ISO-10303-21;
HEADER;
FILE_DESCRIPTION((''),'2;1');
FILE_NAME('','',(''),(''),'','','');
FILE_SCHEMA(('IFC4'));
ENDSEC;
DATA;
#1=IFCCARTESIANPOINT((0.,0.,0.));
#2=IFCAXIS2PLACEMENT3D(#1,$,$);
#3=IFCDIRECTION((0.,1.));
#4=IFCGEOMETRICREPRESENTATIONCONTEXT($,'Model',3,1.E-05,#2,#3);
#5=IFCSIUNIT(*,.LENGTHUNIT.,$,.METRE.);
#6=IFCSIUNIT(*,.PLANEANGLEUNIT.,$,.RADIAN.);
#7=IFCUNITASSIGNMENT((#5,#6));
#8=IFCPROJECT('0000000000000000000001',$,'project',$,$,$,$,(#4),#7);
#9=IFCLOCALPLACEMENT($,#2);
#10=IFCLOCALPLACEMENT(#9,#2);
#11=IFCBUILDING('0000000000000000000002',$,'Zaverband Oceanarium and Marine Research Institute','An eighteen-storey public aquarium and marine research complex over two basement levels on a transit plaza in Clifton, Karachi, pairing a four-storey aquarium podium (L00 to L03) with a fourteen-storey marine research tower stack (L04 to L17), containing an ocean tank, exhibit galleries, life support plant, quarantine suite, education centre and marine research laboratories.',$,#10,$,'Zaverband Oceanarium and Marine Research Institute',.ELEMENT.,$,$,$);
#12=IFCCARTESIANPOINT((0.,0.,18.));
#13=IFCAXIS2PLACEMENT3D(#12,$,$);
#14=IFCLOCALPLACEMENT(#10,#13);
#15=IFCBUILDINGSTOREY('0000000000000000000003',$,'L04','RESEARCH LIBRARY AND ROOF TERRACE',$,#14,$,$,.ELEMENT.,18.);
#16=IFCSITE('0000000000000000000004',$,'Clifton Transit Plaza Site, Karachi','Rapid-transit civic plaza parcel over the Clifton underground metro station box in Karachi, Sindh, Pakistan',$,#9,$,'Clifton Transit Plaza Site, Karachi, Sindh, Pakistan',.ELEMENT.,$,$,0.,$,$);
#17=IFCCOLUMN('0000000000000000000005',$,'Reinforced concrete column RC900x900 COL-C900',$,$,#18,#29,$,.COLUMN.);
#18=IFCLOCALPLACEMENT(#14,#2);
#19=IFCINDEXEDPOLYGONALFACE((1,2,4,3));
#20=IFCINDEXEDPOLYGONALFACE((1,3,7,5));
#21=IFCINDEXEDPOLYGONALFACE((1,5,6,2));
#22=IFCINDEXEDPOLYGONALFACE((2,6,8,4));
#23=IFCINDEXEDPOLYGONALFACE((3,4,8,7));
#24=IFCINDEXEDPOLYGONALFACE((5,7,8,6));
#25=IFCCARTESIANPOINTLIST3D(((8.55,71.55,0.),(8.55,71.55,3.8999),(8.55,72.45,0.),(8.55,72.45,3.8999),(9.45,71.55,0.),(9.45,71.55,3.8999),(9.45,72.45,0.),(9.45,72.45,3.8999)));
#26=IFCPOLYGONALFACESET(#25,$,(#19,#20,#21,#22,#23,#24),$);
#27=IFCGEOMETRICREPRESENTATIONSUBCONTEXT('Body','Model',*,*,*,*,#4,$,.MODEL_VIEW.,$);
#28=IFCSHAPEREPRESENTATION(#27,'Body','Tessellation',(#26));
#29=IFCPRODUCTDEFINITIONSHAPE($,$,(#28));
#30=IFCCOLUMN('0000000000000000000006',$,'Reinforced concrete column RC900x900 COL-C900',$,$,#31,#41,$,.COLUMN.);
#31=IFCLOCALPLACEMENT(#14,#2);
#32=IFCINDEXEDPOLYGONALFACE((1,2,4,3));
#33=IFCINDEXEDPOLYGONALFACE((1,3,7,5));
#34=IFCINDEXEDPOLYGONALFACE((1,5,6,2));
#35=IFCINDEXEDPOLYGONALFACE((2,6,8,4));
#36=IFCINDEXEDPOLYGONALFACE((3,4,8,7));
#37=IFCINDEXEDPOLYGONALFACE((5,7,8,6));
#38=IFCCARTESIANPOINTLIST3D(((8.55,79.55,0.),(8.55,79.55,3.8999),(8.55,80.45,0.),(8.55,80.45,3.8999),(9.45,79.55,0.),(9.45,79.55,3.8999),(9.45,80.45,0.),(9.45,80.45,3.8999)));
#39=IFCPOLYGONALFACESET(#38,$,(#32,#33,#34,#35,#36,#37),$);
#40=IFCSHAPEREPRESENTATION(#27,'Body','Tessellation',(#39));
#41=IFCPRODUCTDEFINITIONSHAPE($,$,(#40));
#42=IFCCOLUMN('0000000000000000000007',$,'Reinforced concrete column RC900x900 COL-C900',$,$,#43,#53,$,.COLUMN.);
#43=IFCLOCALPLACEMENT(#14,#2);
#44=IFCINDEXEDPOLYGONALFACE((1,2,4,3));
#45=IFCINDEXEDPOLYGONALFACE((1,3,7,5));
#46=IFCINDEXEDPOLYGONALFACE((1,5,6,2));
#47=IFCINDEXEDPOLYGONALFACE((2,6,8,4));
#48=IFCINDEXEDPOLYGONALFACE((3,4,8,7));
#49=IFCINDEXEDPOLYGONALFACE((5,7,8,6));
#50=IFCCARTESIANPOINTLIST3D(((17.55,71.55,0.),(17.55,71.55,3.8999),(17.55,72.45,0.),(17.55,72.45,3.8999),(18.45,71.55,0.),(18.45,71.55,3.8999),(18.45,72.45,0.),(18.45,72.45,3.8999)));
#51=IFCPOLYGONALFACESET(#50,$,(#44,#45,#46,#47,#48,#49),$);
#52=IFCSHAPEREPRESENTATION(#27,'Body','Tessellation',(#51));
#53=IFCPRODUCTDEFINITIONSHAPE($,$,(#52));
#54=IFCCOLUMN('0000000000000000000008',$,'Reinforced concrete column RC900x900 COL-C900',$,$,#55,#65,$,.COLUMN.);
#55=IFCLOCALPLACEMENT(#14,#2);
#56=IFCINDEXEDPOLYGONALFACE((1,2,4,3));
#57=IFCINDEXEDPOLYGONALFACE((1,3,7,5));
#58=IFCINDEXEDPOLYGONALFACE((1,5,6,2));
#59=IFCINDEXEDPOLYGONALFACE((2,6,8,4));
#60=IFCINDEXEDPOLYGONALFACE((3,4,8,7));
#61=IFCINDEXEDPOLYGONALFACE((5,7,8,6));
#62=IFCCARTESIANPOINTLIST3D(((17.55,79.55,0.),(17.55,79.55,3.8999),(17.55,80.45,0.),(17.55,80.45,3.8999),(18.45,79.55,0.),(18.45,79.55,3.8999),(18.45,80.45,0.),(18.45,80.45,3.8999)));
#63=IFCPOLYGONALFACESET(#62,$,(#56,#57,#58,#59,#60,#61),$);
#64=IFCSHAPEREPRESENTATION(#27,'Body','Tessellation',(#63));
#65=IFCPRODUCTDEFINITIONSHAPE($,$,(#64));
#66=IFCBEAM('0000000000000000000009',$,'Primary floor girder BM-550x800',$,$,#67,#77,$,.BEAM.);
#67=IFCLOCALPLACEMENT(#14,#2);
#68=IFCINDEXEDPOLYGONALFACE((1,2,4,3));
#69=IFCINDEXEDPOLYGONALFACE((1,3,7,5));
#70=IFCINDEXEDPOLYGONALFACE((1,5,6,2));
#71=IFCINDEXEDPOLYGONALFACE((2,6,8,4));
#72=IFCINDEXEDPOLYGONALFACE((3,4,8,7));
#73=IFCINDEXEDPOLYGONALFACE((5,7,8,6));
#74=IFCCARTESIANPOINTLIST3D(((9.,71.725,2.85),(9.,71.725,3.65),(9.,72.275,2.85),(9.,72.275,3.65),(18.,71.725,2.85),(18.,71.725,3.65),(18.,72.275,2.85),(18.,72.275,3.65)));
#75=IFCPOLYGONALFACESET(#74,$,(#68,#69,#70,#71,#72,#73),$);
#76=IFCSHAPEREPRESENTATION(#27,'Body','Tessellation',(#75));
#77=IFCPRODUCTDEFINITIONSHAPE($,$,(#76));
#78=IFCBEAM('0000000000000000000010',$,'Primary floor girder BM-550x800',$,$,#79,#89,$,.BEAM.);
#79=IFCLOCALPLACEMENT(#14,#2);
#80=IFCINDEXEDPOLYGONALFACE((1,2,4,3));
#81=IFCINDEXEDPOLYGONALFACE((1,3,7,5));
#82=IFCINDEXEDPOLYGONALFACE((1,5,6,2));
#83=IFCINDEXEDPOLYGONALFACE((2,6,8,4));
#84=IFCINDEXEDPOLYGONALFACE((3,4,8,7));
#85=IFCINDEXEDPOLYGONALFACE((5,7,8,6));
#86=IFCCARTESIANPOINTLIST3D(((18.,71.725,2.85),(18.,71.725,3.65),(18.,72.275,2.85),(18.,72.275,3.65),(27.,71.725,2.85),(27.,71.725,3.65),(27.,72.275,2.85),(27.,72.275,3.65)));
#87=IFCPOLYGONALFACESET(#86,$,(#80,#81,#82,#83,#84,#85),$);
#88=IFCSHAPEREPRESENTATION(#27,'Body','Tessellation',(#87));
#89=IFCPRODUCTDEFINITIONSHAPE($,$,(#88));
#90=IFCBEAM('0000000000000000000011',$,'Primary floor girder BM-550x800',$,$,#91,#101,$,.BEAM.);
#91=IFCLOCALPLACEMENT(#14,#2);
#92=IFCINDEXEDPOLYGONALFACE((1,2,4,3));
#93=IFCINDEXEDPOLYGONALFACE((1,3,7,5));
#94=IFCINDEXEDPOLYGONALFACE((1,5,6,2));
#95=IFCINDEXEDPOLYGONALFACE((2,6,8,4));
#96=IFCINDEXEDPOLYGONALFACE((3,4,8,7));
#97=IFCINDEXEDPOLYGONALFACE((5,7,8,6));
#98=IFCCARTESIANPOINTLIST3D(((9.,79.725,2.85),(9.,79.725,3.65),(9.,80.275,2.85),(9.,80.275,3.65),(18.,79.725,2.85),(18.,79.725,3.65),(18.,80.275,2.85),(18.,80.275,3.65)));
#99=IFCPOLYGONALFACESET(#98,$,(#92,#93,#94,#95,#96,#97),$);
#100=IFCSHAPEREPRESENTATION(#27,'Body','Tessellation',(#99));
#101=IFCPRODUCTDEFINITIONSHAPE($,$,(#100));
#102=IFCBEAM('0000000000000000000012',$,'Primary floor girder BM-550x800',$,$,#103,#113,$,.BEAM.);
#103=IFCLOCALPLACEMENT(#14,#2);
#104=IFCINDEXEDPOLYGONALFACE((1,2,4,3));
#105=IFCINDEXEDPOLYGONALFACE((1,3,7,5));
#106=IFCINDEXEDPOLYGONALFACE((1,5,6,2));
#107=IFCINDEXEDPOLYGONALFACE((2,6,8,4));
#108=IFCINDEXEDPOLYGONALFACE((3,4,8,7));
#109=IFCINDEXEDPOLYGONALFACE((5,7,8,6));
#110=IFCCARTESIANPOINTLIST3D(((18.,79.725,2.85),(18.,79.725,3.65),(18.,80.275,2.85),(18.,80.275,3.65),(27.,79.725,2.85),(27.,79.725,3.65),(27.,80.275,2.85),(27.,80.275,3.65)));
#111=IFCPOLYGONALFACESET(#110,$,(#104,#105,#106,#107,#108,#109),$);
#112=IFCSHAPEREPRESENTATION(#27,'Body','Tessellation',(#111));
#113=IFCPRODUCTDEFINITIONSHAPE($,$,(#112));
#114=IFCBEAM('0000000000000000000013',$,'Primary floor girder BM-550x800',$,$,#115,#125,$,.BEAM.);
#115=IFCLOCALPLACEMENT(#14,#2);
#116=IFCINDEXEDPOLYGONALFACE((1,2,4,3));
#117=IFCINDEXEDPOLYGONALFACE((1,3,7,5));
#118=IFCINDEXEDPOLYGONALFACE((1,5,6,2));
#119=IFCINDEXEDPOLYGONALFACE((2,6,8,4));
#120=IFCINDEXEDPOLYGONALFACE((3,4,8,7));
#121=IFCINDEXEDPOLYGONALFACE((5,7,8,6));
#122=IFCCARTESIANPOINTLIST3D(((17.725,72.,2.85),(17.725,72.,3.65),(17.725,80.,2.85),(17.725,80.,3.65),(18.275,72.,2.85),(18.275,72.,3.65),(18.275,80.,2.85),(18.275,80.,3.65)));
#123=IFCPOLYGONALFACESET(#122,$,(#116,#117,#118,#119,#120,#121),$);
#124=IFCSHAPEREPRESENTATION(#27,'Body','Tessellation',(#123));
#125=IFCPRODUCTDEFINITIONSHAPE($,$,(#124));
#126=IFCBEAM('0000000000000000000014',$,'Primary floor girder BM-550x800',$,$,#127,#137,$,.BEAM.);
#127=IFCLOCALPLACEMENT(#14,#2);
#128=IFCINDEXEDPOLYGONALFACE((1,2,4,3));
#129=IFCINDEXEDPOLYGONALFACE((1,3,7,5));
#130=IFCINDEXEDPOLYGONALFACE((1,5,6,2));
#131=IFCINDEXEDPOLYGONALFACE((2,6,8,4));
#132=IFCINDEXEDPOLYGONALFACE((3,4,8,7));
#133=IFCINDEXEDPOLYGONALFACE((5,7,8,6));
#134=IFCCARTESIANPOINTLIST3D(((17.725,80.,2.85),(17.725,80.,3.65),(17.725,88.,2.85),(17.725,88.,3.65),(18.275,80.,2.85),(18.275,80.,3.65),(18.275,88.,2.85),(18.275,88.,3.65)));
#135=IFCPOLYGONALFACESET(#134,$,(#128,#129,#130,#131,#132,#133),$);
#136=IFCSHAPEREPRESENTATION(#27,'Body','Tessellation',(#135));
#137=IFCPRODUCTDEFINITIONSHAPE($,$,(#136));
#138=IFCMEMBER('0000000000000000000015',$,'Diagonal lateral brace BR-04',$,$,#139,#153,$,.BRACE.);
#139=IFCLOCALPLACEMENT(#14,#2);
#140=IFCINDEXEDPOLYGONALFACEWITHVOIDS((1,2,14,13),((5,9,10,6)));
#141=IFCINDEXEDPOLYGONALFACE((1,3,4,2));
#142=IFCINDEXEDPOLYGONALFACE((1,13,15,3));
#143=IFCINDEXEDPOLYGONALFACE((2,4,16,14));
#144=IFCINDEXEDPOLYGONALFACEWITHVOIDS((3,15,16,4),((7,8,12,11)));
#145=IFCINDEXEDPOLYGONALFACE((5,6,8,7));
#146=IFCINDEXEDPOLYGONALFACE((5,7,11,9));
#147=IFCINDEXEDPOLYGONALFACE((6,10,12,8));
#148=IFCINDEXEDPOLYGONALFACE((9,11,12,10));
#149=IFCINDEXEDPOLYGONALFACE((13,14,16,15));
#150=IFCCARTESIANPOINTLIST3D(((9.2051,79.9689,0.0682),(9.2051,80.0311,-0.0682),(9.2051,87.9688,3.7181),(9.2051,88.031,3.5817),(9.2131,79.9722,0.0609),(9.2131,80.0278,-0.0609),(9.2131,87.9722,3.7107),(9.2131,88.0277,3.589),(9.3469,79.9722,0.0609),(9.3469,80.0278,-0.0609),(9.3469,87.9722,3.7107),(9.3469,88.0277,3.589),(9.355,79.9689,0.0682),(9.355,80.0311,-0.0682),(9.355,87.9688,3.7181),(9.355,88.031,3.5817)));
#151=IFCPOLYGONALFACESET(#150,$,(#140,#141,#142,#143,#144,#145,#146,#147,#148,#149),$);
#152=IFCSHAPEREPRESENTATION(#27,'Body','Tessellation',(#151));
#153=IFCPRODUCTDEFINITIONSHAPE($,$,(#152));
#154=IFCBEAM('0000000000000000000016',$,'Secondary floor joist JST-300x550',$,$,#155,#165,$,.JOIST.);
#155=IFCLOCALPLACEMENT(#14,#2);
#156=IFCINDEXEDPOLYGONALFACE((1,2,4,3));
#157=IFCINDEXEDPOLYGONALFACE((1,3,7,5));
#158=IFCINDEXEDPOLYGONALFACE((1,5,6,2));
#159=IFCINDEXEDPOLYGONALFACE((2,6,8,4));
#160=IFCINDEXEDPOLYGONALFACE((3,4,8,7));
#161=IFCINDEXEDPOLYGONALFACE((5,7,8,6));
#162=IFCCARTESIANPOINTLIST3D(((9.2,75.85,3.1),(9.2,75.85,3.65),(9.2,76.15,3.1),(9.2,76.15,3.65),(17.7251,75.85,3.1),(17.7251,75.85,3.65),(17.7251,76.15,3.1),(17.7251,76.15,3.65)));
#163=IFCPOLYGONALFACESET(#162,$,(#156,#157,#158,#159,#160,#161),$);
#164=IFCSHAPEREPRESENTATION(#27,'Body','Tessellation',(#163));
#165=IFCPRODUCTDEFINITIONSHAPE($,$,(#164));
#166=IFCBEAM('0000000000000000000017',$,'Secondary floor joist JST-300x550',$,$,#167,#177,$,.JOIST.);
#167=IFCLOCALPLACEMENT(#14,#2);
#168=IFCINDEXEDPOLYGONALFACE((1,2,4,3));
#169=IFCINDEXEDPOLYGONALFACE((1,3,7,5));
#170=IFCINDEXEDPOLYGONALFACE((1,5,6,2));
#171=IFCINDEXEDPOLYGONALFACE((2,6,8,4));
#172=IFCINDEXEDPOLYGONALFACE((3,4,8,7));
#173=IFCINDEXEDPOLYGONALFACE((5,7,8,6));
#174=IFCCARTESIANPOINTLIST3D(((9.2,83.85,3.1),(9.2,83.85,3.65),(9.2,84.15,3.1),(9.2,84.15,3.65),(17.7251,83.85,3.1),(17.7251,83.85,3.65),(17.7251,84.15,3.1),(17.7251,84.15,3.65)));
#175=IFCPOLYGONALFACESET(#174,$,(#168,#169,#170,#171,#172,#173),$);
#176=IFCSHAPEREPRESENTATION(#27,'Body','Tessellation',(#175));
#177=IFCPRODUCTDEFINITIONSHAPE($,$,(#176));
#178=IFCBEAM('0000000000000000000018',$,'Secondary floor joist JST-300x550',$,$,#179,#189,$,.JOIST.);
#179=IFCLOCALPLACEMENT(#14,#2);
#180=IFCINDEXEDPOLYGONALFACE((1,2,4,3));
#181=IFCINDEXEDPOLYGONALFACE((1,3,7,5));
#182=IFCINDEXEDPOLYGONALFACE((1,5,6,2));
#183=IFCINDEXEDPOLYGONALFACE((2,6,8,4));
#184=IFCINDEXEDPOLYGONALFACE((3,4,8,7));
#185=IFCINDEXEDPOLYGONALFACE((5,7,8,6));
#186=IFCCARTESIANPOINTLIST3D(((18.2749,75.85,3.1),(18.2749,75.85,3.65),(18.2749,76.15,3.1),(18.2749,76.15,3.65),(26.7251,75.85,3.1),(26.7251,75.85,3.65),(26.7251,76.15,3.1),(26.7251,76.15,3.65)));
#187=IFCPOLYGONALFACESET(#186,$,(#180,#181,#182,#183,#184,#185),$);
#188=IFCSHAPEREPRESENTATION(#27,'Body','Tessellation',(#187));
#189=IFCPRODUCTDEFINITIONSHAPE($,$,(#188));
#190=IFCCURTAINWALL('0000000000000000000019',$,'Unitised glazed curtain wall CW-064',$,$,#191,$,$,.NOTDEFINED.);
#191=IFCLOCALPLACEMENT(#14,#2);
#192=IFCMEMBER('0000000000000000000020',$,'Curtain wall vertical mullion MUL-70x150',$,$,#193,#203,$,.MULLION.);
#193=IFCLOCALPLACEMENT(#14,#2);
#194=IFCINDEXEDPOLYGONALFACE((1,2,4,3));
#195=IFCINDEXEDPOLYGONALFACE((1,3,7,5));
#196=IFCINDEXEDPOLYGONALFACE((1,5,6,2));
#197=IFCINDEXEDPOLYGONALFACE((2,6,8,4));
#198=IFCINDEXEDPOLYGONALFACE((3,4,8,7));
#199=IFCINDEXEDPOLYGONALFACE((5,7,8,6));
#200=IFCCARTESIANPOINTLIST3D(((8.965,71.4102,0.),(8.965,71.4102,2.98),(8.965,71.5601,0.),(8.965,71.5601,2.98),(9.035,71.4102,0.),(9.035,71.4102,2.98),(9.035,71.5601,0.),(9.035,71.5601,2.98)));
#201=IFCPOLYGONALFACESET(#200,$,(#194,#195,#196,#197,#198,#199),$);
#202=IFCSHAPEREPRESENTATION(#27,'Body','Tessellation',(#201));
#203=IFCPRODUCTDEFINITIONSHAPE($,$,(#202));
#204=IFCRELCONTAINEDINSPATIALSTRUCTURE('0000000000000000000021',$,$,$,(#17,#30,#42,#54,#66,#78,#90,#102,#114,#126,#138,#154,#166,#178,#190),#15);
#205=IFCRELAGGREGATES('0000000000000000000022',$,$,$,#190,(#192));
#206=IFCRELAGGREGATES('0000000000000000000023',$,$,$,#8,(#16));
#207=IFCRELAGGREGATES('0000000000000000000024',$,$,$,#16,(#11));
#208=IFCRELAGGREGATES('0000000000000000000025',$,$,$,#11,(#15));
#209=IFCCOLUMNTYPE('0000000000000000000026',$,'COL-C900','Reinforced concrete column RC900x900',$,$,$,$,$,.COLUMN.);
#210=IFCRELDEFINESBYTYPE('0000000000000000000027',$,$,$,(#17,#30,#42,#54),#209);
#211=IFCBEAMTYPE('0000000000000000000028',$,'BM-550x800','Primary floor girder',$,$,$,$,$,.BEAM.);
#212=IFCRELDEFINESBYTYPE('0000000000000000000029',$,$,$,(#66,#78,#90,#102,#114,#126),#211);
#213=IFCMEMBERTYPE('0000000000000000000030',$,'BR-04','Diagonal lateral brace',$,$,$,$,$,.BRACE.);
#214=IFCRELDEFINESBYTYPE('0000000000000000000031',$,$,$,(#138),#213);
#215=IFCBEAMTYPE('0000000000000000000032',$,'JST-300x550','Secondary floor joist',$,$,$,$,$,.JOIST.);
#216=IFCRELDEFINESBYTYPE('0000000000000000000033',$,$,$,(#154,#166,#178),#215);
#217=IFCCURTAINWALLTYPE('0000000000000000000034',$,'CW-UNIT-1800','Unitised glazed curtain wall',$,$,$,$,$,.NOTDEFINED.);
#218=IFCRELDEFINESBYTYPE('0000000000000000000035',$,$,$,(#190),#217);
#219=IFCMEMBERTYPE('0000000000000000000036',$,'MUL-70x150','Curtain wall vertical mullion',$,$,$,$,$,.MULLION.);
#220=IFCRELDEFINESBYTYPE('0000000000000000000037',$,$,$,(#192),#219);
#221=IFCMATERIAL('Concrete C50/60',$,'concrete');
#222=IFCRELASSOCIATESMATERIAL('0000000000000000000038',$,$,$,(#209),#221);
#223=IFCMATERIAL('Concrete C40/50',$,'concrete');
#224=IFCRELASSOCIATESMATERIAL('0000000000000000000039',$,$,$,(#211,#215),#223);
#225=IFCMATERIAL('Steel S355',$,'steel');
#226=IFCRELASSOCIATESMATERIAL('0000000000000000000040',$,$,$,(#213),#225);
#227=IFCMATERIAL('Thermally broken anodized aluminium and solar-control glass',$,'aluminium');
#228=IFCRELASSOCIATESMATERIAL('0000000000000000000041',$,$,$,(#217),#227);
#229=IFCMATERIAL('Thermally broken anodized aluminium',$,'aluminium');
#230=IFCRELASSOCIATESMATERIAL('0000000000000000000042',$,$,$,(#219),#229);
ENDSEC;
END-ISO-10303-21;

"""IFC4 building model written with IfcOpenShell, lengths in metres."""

from ifc_helpers import new_model, si_unit, direction, frame, origin, origin_2d, place, context, subcontext, project, spatial, rectangle, hollow_rectangle, extrude, material, material_profile, profile_set, type_object, element, aggregate, save


model = new_model("IFC4")

# Units and contexts
model_context = context("Model", 3, precision=1e-05, world=origin(), true_north=direction((0.0, 1.0)))
body_context = subcontext(model_context, "Body", "Model", "MODEL_VIEW")
ifc_project = project(units=[si_unit("LENGTHUNIT", "METRE"), si_unit("PLANEANGLEUNIT", "RADIAN")], contexts=[model_context])

# Site, building, storey
site_placement = place(None, origin())
site = spatial("IfcSite", under=ifc_project, at=site_placement, Name="Clifton Transit Plaza Site, Karachi", Description="Rapid-transit civic plaza parcel over the Clifton underground metro station box in Karachi, Sindh, Pakistan", LongName="Clifton Transit Plaza Site, Karachi, Sindh, Pakistan", CompositionType="ELEMENT", RefElevation=0.0)
building_placement = place(site_placement, origin())
building = spatial("IfcBuilding", under=site, at=building_placement, Name="Zaverband Oceanarium and Marine Research Institute", Description="An eighteen-storey public aquarium and marine research complex over two basement levels on a transit plaza in Clifton, Karachi, pairing a four-storey aquarium podium (L00 to L03) with a fourteen-storey marine research tower stack (L04 to L17), containing an ocean tank, exhibit galleries, life support plant, quarantine suite, education centre and marine research laboratories.", LongName="Zaverband Oceanarium and Marine Research Institute", CompositionType="ELEMENT")
storey_placement = place(building_placement, frame((0.0, 0.0, 18.0)))
storey = spatial("IfcBuildingStorey", under=building, at=storey_placement, Name="L04", Description="RESEARCH LIBRARY AND ROOF TERRACE", CompositionType="ELEMENT", Elevation=18.0)

# Columns
ifc_material_1 = material(Name="Concrete C50/60", Category="concrete")
ifc_material_profile_1 = material_profile(ifc_material_1, rectangle(XDim=0.8999, YDim=0.8999, at=origin_2d()), Name="RC900x900")
ifc_profile_set_1 = profile_set([ifc_material_profile_1], Name="Concrete C50/60")
column_type = type_object("IfcColumnType", Name="COL-C900", Description="Reinforced concrete column RC900x900", PredefinedType="COLUMN", material=ifc_profile_set_1)
for number, where, z_axis, x_axis, name in (
    (1, (9.0, 72.0, 0.0), (0.0, 0.0, 1.0), (1.0, 0.0, 0.0), "Reinforced concrete column RC900x900 COL-C900"),
    (2, (9.0, 80.0, 0.0), (0.0, 0.0, 1.0), (1.0, 0.0, 0.0), "Reinforced concrete column RC900x900 COL-C900"),
    (3, (18.0, 72.0, 0.0), (0.0, 0.0, 1.0), (1.0, 0.0, 0.0), "Reinforced concrete column RC900x900 COL-C900"),
    (4, (18.0, 80.0, 0.0), (0.0, 0.0, 1.0), (1.0, 0.0, 0.0), "Reinforced concrete column RC900x900 COL-C900"),
):
    element("IfcColumn", number, at=place(storey_placement, frame(where, z_axis=z_axis, x_axis=x_axis)), inside=storey, type_object=column_type, Name=name, PredefinedType="COLUMN", context=body_context, shape_type="SweptSolid", body=[
        extrude(rectangle(XDim=0.8999, YDim=0.8999, at=origin_2d()), origin(), (0.0, 0.0, 1.0), 3.8999),
    ])

# Beams
ifc_material_2 = material(Name="Concrete C40/50", Category="concrete")
ifc_material_profile_2 = material_profile(ifc_material_2, rectangle(XDim=0.55, YDim=0.8, at=origin_2d()), Name="RC550x800")
ifc_profile_set_2 = profile_set([ifc_material_profile_2], Name="Concrete C40/50")
beam_type_1 = type_object("IfcBeamType", Name="BM-550x800", Description="Primary floor girder", PredefinedType="BEAM", material=ifc_profile_set_2)
for number, where, z_axis, x_axis, name in (
    (5, (9.0, 72.0, 3.25), (1.0, 0.0, 0.0), (0.0, 1.0, 0.0), "Primary floor girder BM-550x800"),
    (6, (18.0, 72.0, 3.25), (1.0, 0.0, 0.0), (0.0, 1.0, 0.0), "Primary floor girder BM-550x800"),
    (7, (9.0, 80.0, 3.25), (1.0, 0.0, 0.0), (0.0, 1.0, 0.0), "Primary floor girder BM-550x800"),
    (8, (18.0, 80.0, 3.25), (1.0, 0.0, 0.0), (0.0, 1.0, 0.0), "Primary floor girder BM-550x800"),
):
    element("IfcBeam", number, at=place(storey_placement, frame(where, z_axis=z_axis, x_axis=x_axis)), inside=storey, type_object=beam_type_1, Name=name, PredefinedType="BEAM", context=body_context, shape_type="SweptSolid", body=[
        extrude(rectangle(XDim=0.55, YDim=0.8, at=origin_2d()), origin(), (0.0, 0.0, 1.0), 9.0),
    ])
for number, where, z_axis, x_axis, name in (
    (9, (18.0, 72.0, 3.25), (0.0, 1.0, 0.0), (-1.0, 0.0, 0.0), "Primary floor girder BM-550x800"),
    (10, (18.0, 80.0, 3.25), (0.0, 1.0, 0.0), (-1.0, 0.0, 0.0), "Primary floor girder BM-550x800"),
):
    element("IfcBeam", number, at=place(storey_placement, frame(where, z_axis=z_axis, x_axis=x_axis)), inside=storey, type_object=beam_type_1, Name=name, PredefinedType="BEAM", context=body_context, shape_type="SweptSolid", body=[
        extrude(rectangle(XDim=0.55, YDim=0.8, at=origin_2d()), origin(), (0.0, 0.0, 1.0), 8.0),
    ])

# Member
ifc_material_3 = material(Name="Steel S355", Category="steel")
ifc_material_profile_3 = material_profile(ifc_material_3, hollow_rectangle(XDim=0.1499, YDim=0.1499, WallThickness=0.0081, at=origin_2d()), Name="SHS150x150x8")
ifc_profile_set_3 = profile_set([ifc_material_profile_3], Name="Steel S355")
member_type_1 = type_object("IfcMemberType", Name="BR-04", Description="Diagonal lateral brace", PredefinedType="BRACE", material=ifc_profile_set_3)
member_1_placement = place(storey_placement, frame((9.28, 80.0, 0.0), z_axis=(0.0, 0.909786, 0.415079), x_axis=(-1.0, 0.0, 0.0)))
element("IfcMember", 11, at=member_1_placement, inside=storey, type_object=member_type_1, Name="Diagonal lateral brace BR-04", PredefinedType="BRACE", context=body_context, shape_type="SweptSolid", body=[
    extrude(hollow_rectangle(XDim=0.1499, YDim=0.1499, WallThickness=0.0081, at=origin_2d()), origin(), (0.0, 0.0, 1.0), 8.7932),
])

# Beams
ifc_material_profile_4 = material_profile(ifc_material_2, rectangle(XDim=0.3, YDim=0.55, at=origin_2d()), Name="RC300x550")
ifc_profile_set_4 = profile_set([ifc_material_profile_4], Name="Concrete C40/50")
beam_type_2 = type_object("IfcBeamType", Name="JST-300x550", Description="Secondary floor joist", PredefinedType="JOIST", material=ifc_profile_set_4)
for number, where, z_axis, x_axis, name in (
    (12, (9.2, 76.0, 3.375), (1.0, 0.0, 0.0), (0.0, 1.0, 0.0), "Secondary floor joist JST-300x550"),
    (13, (9.2, 84.0, 3.375), (1.0, 0.0, 0.0), (0.0, 1.0, 0.0), "Secondary floor joist JST-300x550"),
):
    element("IfcBeam", number, at=place(storey_placement, frame(where, z_axis=z_axis, x_axis=x_axis)), inside=storey, type_object=beam_type_2, Name=name, PredefinedType="JOIST", context=body_context, shape_type="SweptSolid", body=[
        extrude(rectangle(XDim=0.3, YDim=0.55, at=origin_2d()), origin(), (0.0, 0.0, 1.0), 8.5251),
    ])
beam_placement = place(storey_placement, frame((18.2749, 76.0, 3.375), z_axis=(1.0, 0.0, 0.0), x_axis=(0.0, 1.0, 0.0)))
element("IfcBeam", 14, at=beam_placement, inside=storey, type_object=beam_type_2, Name="Secondary floor joist JST-300x550", PredefinedType="JOIST", context=body_context, shape_type="SweptSolid", body=[
    extrude(rectangle(XDim=0.3, YDim=0.55, at=origin_2d()), origin(), (0.0, 0.0, 1.0), 8.4502),
])

# Curtain wall, member
ifc_material_4 = material(Name="Thermally broken anodized aluminium and solar-control glass", Category="aluminium")
curtain_wall_type = type_object("IfcCurtainWallType", Name="CW-UNIT-1800", Description="Unitised glazed curtain wall", PredefinedType="NOTDEFINED", material=ifc_material_4)
curtain_wall_placement = place(storey_placement, origin())
curtain_wall = element("IfcCurtainWall", 15, at=curtain_wall_placement, inside=storey, type_object=curtain_wall_type, Name="Unitised glazed curtain wall CW-064", PredefinedType="NOTDEFINED")
ifc_material_5 = material(Name="Thermally broken anodized aluminium", Category="aluminium")
ifc_material_profile_5 = material_profile(ifc_material_5, rectangle(XDim=0.0701, YDim=0.1499, at=origin_2d()), Name="AL-MUL-70x150")
ifc_profile_set_5 = profile_set([ifc_material_profile_5], Name="Thermally broken anodized aluminium")
member_type_2 = type_object("IfcMemberType", Name="MUL-70x150", Description="Curtain wall vertical mullion", PredefinedType="MULLION", material=ifc_profile_set_5)
member_2_placement = place(storey_placement, frame((9.0, 71.4851, 0.0), z_axis=(0.0, 0.0, 1.0), x_axis=(1.0, 0.0, 0.0)))
member_2 = element("IfcMember", 16, at=member_2_placement, type_object=member_type_2, Name="Curtain wall vertical mullion MUL-70x150", PredefinedType="MULLION", context=body_context, shape_type="SweptSolid", body=[
    extrude(rectangle(XDim=0.0701, YDim=0.1499, at=origin_2d()), origin(), (0.0, 0.0, 1.0), 2.98),
])

aggregate(curtain_wall, [member_2])

save(model, "model.ifc")
